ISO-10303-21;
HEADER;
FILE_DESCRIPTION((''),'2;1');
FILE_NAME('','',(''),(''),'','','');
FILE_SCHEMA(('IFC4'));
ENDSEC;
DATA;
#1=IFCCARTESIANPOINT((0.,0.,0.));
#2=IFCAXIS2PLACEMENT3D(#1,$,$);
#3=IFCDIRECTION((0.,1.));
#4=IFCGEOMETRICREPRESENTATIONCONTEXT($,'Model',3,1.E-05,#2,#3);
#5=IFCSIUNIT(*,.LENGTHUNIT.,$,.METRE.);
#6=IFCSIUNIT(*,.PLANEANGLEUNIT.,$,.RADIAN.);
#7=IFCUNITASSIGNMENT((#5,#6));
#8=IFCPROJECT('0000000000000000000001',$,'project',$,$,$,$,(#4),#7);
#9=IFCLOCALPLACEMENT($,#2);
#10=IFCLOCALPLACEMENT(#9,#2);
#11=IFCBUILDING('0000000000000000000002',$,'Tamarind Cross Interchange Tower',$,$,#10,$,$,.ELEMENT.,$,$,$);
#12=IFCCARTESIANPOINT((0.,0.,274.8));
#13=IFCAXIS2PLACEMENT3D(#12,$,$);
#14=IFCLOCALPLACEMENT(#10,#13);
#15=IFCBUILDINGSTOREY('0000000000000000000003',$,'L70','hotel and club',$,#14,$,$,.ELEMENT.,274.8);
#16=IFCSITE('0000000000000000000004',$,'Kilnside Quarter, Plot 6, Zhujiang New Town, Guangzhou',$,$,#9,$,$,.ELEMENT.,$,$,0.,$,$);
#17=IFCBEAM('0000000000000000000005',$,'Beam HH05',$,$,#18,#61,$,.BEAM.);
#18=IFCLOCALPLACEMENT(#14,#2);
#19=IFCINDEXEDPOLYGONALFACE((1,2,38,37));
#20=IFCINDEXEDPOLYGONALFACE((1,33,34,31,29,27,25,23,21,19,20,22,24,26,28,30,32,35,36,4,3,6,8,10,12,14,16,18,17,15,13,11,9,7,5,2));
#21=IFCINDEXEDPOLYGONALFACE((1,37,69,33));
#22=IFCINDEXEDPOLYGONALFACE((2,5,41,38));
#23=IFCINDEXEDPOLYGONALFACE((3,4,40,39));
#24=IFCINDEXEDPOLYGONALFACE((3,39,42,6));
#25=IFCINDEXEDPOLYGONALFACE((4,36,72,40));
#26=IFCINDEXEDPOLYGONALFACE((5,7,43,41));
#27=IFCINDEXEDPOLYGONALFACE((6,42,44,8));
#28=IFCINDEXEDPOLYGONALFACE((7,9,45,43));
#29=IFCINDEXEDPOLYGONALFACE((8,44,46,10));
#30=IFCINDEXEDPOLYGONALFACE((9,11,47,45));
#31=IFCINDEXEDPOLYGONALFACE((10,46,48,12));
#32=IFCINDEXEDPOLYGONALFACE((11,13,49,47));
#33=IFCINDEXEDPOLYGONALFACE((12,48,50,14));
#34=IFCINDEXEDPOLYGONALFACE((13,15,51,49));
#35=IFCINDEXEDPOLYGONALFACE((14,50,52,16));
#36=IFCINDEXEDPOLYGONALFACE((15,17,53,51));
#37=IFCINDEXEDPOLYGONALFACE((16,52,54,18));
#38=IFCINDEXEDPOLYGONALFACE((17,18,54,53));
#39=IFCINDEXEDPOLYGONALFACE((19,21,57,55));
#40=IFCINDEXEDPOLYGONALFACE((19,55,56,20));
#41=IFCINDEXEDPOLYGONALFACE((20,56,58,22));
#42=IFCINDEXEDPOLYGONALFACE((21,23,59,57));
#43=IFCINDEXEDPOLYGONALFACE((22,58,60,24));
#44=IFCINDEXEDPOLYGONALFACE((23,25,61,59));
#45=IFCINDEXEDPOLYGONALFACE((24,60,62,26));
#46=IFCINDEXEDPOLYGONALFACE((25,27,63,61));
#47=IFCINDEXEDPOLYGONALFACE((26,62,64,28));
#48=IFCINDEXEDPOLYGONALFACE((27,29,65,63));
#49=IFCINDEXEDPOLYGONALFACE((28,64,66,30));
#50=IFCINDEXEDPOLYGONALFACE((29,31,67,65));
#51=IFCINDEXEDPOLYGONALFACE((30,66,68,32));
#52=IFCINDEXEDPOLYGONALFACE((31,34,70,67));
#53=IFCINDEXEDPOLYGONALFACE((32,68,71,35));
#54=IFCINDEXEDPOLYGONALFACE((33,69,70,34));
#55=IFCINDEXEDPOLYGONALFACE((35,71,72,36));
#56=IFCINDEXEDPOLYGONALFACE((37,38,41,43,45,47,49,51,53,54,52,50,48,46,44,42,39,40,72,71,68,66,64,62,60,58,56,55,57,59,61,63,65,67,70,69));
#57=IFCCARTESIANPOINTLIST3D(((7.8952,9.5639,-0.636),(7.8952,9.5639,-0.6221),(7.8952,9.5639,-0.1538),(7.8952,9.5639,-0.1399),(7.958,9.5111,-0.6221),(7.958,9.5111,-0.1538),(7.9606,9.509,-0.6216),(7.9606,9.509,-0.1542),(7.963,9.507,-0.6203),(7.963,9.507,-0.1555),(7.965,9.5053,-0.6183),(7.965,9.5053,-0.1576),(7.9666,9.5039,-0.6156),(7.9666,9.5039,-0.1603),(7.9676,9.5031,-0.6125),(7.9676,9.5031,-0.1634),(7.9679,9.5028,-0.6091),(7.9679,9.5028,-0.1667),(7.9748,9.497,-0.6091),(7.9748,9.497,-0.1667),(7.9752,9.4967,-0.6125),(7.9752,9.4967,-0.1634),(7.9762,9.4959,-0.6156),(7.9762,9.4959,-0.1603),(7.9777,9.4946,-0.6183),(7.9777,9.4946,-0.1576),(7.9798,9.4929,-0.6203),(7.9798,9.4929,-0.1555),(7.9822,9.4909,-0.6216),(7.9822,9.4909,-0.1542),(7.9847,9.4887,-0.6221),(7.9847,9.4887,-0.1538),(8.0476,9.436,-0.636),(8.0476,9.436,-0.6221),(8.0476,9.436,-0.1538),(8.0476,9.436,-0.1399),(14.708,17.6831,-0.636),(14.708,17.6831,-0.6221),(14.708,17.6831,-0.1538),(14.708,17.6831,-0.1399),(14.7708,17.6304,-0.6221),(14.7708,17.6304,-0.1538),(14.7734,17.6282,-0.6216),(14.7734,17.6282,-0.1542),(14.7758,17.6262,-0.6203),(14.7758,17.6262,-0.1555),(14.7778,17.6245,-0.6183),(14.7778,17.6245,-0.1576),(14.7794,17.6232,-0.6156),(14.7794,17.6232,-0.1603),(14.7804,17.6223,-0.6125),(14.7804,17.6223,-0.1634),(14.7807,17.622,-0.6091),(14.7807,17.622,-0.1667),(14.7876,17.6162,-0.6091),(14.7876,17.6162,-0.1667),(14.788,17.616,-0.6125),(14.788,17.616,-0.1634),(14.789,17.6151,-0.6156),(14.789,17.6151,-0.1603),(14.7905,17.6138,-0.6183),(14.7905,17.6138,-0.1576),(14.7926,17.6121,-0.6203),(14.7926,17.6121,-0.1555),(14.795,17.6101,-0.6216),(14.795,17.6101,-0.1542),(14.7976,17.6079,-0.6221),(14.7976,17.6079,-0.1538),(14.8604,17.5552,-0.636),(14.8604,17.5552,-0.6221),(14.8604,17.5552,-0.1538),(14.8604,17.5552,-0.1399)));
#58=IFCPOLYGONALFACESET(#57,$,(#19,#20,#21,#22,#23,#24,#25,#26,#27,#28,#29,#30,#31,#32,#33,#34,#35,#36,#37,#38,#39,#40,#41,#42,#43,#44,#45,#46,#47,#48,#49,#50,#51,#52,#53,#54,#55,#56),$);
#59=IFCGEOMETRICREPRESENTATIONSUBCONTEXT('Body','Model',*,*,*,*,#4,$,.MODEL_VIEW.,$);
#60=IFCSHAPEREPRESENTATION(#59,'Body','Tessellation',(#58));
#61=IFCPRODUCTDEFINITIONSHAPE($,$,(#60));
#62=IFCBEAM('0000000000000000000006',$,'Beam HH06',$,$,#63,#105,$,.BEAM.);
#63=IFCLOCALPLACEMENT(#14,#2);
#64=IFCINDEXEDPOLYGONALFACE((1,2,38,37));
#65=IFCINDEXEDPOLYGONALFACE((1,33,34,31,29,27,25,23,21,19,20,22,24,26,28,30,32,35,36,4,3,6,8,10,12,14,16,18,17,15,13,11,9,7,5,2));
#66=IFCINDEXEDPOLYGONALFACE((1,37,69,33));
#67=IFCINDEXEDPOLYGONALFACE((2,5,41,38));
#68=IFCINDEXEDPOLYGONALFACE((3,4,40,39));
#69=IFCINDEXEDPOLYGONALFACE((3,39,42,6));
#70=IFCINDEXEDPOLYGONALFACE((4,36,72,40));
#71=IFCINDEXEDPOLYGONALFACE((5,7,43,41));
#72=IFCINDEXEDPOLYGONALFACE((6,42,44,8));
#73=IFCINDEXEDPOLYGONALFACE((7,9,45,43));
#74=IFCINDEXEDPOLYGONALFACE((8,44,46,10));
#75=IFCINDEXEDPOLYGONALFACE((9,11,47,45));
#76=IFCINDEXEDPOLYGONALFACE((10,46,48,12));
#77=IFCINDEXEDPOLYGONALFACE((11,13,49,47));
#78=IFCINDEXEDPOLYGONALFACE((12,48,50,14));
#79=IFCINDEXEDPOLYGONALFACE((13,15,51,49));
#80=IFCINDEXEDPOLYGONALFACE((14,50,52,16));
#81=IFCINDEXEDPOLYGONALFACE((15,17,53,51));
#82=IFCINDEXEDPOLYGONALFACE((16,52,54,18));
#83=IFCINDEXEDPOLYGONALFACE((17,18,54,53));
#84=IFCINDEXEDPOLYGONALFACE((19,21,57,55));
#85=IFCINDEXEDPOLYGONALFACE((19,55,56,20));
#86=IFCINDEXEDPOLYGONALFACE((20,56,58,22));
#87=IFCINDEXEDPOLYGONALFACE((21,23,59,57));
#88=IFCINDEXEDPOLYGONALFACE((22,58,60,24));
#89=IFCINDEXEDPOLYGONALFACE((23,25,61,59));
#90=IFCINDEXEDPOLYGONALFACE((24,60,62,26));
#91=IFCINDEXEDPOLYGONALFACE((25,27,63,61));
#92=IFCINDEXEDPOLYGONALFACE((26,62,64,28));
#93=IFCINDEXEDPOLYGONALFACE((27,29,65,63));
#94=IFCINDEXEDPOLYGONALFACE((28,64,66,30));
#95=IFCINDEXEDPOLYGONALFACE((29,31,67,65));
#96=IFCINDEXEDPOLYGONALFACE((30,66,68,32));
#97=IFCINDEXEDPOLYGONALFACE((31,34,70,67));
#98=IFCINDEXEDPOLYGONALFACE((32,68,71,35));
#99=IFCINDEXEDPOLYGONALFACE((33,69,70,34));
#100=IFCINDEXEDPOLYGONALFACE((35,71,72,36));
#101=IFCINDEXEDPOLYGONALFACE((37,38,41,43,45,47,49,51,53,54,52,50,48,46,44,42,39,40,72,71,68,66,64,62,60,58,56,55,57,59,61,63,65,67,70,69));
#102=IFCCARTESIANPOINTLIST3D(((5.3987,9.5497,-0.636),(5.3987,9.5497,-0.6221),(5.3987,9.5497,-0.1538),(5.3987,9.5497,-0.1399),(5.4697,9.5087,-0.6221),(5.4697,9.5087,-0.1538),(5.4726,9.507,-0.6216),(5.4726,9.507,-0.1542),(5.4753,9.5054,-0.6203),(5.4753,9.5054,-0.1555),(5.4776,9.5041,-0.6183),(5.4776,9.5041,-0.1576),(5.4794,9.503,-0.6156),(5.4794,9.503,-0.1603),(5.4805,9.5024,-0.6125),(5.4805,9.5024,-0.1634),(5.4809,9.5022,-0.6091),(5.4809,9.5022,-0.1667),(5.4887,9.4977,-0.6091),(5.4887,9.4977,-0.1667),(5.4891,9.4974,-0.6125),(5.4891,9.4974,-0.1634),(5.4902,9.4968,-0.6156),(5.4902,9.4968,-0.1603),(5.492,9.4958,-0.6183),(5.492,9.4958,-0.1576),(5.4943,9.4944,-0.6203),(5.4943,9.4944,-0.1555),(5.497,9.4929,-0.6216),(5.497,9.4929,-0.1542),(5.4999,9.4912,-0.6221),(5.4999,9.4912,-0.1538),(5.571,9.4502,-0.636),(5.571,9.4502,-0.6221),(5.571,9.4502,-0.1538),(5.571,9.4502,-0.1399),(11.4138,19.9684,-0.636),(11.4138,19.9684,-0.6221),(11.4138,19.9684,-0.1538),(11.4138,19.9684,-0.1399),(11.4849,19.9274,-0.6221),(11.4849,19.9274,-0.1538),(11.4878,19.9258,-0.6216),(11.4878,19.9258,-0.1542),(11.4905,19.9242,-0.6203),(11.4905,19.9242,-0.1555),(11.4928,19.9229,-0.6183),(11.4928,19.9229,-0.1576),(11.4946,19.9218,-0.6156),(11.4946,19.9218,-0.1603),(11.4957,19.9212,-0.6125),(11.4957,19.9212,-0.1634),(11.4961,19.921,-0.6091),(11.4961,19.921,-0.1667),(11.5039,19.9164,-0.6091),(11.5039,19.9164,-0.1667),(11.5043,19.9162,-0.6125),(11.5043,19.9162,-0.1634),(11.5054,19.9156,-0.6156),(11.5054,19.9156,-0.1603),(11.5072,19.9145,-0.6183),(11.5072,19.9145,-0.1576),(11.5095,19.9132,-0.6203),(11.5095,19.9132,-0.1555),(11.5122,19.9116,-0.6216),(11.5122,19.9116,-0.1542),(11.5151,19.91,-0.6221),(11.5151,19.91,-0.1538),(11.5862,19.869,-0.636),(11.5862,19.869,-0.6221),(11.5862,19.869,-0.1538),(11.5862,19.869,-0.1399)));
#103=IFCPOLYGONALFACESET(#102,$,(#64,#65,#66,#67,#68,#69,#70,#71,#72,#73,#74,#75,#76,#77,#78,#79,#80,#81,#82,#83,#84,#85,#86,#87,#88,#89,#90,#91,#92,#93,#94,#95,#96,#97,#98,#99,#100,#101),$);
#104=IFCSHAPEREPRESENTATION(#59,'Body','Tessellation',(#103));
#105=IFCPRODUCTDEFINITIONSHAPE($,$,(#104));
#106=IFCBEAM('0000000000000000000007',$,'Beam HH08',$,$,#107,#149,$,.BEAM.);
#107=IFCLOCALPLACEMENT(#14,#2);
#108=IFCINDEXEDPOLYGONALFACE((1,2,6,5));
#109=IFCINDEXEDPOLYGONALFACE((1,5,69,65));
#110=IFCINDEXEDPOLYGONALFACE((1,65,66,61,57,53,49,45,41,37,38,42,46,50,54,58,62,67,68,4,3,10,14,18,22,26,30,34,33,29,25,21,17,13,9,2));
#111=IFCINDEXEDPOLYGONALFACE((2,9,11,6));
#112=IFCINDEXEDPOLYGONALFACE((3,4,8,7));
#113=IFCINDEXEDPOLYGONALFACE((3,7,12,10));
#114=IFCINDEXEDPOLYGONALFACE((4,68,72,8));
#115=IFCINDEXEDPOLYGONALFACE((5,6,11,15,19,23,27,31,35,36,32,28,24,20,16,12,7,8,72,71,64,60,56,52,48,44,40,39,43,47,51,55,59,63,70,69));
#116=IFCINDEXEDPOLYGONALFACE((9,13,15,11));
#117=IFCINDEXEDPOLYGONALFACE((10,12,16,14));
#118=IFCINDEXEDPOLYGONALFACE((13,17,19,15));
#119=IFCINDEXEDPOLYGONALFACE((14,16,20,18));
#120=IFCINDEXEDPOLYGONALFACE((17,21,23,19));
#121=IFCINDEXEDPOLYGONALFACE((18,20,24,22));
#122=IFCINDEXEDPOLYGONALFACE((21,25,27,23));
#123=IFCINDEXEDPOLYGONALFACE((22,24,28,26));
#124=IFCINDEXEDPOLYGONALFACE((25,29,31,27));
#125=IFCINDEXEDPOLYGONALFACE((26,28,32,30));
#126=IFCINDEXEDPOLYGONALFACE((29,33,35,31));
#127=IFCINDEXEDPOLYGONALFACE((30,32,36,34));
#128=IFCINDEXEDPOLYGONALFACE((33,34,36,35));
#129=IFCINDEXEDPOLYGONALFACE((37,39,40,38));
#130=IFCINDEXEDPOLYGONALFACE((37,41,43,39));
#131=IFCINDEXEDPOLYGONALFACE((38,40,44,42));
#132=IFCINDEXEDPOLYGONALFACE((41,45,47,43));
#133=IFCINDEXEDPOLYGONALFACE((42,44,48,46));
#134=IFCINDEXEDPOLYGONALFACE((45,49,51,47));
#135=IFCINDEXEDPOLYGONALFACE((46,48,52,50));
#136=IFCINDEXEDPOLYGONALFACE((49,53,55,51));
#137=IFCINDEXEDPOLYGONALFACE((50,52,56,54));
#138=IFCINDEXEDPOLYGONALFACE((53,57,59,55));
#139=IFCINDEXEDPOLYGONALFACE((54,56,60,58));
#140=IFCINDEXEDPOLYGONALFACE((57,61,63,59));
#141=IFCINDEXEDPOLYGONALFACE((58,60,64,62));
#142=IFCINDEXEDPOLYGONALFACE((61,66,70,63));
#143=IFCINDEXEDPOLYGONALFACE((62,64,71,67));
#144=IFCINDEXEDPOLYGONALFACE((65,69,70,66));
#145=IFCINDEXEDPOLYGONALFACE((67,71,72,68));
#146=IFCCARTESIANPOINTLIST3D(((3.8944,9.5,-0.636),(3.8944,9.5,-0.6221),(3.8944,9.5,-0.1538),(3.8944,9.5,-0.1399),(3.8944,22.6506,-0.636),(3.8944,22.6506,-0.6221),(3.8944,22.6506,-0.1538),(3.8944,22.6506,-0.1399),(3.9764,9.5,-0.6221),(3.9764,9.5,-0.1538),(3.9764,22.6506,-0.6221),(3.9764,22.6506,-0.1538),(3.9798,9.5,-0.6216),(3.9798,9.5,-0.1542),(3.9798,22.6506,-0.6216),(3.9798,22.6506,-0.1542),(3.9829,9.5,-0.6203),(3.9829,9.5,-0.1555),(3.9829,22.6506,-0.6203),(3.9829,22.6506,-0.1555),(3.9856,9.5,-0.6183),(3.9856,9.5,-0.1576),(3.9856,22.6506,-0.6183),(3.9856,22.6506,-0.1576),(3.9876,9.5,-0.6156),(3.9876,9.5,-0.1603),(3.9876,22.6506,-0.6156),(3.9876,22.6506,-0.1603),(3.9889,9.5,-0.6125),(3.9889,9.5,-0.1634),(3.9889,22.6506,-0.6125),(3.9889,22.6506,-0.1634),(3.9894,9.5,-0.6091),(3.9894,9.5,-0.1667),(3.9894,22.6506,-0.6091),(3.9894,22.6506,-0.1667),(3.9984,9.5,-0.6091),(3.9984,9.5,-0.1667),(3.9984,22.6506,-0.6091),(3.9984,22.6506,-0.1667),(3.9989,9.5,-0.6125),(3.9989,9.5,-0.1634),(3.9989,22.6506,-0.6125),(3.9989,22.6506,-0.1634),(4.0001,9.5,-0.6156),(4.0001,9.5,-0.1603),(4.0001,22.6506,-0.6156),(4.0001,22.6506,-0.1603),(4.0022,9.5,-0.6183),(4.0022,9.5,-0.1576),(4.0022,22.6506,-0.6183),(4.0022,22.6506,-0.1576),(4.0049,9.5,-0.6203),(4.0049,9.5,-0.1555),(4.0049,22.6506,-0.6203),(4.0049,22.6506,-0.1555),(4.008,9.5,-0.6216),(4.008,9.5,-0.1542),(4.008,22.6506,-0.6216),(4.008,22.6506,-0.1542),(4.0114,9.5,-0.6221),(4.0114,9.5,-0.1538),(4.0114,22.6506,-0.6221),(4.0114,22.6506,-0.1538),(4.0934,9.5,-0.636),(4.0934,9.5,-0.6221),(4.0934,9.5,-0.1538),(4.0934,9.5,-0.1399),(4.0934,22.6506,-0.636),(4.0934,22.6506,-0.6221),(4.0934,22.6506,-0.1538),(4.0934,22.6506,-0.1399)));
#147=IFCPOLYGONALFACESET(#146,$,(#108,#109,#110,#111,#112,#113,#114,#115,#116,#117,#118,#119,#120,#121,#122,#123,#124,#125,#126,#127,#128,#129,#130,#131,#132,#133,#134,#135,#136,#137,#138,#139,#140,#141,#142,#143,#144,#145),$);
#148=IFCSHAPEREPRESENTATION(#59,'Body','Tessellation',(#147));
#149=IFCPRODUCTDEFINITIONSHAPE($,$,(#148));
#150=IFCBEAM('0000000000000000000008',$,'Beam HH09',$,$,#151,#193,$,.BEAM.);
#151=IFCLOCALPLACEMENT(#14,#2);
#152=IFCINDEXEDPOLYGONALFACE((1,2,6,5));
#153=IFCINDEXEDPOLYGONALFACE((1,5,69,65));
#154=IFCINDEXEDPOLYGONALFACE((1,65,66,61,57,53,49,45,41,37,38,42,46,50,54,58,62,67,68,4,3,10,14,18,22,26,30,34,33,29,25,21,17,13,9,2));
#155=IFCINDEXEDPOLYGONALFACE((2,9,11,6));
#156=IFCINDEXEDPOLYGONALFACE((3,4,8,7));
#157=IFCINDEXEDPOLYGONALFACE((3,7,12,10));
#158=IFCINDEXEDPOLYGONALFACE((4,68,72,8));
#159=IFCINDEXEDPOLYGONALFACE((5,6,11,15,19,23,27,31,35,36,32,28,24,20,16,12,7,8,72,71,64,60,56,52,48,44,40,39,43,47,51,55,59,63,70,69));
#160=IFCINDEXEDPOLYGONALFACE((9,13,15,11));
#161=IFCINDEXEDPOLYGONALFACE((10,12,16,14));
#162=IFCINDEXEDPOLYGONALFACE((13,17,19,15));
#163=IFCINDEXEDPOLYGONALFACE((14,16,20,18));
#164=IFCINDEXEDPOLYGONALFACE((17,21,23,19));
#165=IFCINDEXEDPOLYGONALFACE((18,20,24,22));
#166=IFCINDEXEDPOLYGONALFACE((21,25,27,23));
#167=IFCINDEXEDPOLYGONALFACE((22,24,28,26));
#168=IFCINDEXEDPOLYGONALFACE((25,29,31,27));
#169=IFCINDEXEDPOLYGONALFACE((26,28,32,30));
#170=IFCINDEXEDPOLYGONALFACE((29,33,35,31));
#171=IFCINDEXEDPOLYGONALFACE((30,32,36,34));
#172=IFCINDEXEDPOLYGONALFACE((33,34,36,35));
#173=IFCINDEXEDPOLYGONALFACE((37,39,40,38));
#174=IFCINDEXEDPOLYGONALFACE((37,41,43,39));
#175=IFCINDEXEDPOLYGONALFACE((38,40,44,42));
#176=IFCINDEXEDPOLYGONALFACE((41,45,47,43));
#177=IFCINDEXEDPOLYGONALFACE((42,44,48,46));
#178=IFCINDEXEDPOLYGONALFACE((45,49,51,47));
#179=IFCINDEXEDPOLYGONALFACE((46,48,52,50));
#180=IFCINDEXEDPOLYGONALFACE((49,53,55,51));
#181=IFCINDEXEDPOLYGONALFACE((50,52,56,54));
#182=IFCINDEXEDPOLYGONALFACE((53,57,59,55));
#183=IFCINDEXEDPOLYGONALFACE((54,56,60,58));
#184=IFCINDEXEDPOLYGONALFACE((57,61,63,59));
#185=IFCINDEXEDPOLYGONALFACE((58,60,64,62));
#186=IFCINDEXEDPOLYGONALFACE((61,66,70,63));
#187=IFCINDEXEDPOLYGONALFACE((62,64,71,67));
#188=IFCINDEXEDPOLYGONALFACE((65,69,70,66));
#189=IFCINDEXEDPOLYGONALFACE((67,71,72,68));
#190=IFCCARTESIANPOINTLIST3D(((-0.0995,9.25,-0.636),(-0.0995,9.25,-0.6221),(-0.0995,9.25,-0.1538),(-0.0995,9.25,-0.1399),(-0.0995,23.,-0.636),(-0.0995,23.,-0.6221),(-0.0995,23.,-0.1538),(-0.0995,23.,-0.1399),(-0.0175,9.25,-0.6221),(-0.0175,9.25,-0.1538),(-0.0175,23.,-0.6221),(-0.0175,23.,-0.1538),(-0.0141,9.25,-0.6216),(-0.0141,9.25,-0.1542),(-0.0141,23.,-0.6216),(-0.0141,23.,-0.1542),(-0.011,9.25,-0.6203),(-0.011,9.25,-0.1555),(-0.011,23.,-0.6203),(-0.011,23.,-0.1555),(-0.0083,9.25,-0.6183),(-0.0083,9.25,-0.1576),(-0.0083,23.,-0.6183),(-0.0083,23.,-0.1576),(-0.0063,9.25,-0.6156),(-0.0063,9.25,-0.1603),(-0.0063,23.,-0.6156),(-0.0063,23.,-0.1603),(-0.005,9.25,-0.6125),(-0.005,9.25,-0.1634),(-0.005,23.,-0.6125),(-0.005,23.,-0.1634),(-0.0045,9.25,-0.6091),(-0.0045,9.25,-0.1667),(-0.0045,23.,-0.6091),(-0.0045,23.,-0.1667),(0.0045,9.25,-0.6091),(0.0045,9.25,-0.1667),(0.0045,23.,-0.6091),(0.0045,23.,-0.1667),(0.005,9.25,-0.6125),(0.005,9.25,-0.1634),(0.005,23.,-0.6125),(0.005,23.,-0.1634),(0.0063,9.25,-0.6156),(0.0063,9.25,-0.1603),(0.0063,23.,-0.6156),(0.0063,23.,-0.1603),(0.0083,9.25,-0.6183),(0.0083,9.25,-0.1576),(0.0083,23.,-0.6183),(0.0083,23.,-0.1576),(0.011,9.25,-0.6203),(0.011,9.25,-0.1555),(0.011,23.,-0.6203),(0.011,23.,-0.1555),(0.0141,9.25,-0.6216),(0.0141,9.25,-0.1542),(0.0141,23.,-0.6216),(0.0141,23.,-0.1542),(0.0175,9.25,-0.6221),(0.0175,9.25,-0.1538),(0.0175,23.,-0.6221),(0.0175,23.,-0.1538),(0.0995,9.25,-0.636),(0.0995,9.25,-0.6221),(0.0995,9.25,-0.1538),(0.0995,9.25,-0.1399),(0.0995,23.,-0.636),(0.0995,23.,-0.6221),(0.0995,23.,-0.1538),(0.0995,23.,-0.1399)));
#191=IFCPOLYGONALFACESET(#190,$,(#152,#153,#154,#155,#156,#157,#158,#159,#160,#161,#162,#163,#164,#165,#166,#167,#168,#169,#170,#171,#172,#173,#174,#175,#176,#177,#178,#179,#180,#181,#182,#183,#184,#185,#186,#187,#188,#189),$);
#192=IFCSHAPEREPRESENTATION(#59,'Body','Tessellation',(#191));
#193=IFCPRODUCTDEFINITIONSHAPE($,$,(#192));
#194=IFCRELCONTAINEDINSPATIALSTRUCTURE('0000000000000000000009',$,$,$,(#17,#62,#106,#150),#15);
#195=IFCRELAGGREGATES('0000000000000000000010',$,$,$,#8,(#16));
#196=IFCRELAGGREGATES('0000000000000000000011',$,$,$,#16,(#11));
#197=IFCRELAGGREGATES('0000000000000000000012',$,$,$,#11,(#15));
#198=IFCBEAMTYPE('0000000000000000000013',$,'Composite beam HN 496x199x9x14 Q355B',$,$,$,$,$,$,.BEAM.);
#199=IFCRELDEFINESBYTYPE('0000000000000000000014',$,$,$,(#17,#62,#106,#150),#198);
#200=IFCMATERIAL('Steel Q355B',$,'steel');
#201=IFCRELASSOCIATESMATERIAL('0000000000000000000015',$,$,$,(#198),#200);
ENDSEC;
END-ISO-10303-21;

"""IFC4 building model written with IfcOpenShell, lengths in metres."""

from ifc_helpers import new_model, si_unit, direction, frame, origin, origin_2d, place, context, subcontext, project, spatial, i_section, extrude, material, material_profile, profile_set, type_object, element, save


model = new_model("IFC4")

# Units and contexts
model_context = context("Model", 3, precision=1e-05, world=origin(), true_north=direction((0.0, 1.0)))
body_context = subcontext(model_context, "Body", "Model", "MODEL_VIEW")
ifc_project = project(units=[si_unit("LENGTHUNIT", "METRE"), si_unit("PLANEANGLEUNIT", "RADIAN")], contexts=[model_context])

# Site, building, storey
site_placement = place(None, origin())
site = spatial("IfcSite", under=ifc_project, at=site_placement, Name="Kilnside Quarter, Plot 6, Zhujiang New Town, Guangzhou", CompositionType="ELEMENT", RefElevation=0.0)
building_placement = place(site_placement, origin())
building = spatial("IfcBuilding", under=site, at=building_placement, Name="Tamarind Cross Interchange Tower", CompositionType="ELEMENT")
storey_placement = place(building_placement, frame((0.0, 0.0, 274.8)))
storey = spatial("IfcBuildingStorey", under=building, at=storey_placement, Name="L70", Description="hotel and club", CompositionType="ELEMENT", Elevation=274.8)

# Beams
ifc_material_1 = material(Name="Steel Q355B", Category="steel")
ifc_material_profile_1 = material_profile(ifc_material_1, i_section(OverallWidth=0.199, OverallDepth=0.4961, WebThickness=0.009, FlangeThickness=0.0139, FilletRadius=0.0129, at=origin_2d()), Name="HN 496x199x9x14")
ifc_profile_set_1 = profile_set([ifc_material_profile_1], Name="Steel Q355B")
beam_type = type_object("IfcBeamType", Name="Composite beam HN 496x199x9x14 Q355B", PredefinedType="BEAM", material=ifc_profile_set_1)
beam_1_placement = place(storey_placement, frame((14.7842, 17.6191, -0.3879), z_axis=(-0.642786, -0.766046, 0.0), x_axis=(0.766046, -0.642786, 0.0)))
element("IfcBeam", 1, at=beam_1_placement, inside=storey, type_object=beam_type, Name="Beam HH05", PredefinedType="BEAM", context=body_context, shape_type="SweptSolid", body=[
    extrude(i_section(OverallWidth=0.199, OverallDepth=0.4961, WebThickness=0.009, FlangeThickness=0.0139, FilletRadius=0.0129, at=origin_2d()), origin(), (0.0, 0.0, 1.0), 10.5989),
])
beam_2_placement = place(storey_placement, frame((11.5, 19.9187, -0.3879), z_axis=(-0.499994, -0.866029, 0.0), x_axis=(0.866029, -0.499994, 0.0)))
element("IfcBeam", 2, at=beam_2_placement, inside=storey, type_object=beam_type, Name="Beam HH06", PredefinedType="BEAM", context=body_context, shape_type="SweptSolid", body=[
    extrude(i_section(OverallWidth=0.199, OverallDepth=0.4961, WebThickness=0.009, FlangeThickness=0.0139, FilletRadius=0.0129, at=origin_2d()), origin(), (0.0, 0.0, 1.0), 12.0305),
])
beam_3_placement = place(storey_placement, frame((3.9939, 22.6506, -0.3879), z_axis=(0.0, -1.0, 0.0), x_axis=(1.0, 0.0, 0.0)))
element("IfcBeam", 3, at=beam_3_placement, inside=storey, type_object=beam_type, Name="Beam HH08", PredefinedType="BEAM", context=body_context, shape_type="SweptSolid", body=[
    extrude(i_section(OverallWidth=0.199, OverallDepth=0.4961, WebThickness=0.009, FlangeThickness=0.0139, FilletRadius=0.0129, at=origin_2d()), origin(), (0.0, 0.0, 1.0), 13.1506),
])
beam_4_placement = place(storey_placement, frame((0.0, 23.0, -0.3879), z_axis=(0.0, -1.0, 0.0), x_axis=(1.0, 0.0, 0.0)))
element("IfcBeam", 4, at=beam_4_placement, inside=storey, type_object=beam_type, Name="Beam HH09", PredefinedType="BEAM", context=body_context, shape_type="SweptSolid", body=[
    extrude(i_section(OverallWidth=0.199, OverallDepth=0.4961, WebThickness=0.009, FlangeThickness=0.0139, FilletRadius=0.0129, at=origin_2d()), origin(), (0.0, 0.0, 1.0), 13.75),
])

save(model, "model.ifc")
